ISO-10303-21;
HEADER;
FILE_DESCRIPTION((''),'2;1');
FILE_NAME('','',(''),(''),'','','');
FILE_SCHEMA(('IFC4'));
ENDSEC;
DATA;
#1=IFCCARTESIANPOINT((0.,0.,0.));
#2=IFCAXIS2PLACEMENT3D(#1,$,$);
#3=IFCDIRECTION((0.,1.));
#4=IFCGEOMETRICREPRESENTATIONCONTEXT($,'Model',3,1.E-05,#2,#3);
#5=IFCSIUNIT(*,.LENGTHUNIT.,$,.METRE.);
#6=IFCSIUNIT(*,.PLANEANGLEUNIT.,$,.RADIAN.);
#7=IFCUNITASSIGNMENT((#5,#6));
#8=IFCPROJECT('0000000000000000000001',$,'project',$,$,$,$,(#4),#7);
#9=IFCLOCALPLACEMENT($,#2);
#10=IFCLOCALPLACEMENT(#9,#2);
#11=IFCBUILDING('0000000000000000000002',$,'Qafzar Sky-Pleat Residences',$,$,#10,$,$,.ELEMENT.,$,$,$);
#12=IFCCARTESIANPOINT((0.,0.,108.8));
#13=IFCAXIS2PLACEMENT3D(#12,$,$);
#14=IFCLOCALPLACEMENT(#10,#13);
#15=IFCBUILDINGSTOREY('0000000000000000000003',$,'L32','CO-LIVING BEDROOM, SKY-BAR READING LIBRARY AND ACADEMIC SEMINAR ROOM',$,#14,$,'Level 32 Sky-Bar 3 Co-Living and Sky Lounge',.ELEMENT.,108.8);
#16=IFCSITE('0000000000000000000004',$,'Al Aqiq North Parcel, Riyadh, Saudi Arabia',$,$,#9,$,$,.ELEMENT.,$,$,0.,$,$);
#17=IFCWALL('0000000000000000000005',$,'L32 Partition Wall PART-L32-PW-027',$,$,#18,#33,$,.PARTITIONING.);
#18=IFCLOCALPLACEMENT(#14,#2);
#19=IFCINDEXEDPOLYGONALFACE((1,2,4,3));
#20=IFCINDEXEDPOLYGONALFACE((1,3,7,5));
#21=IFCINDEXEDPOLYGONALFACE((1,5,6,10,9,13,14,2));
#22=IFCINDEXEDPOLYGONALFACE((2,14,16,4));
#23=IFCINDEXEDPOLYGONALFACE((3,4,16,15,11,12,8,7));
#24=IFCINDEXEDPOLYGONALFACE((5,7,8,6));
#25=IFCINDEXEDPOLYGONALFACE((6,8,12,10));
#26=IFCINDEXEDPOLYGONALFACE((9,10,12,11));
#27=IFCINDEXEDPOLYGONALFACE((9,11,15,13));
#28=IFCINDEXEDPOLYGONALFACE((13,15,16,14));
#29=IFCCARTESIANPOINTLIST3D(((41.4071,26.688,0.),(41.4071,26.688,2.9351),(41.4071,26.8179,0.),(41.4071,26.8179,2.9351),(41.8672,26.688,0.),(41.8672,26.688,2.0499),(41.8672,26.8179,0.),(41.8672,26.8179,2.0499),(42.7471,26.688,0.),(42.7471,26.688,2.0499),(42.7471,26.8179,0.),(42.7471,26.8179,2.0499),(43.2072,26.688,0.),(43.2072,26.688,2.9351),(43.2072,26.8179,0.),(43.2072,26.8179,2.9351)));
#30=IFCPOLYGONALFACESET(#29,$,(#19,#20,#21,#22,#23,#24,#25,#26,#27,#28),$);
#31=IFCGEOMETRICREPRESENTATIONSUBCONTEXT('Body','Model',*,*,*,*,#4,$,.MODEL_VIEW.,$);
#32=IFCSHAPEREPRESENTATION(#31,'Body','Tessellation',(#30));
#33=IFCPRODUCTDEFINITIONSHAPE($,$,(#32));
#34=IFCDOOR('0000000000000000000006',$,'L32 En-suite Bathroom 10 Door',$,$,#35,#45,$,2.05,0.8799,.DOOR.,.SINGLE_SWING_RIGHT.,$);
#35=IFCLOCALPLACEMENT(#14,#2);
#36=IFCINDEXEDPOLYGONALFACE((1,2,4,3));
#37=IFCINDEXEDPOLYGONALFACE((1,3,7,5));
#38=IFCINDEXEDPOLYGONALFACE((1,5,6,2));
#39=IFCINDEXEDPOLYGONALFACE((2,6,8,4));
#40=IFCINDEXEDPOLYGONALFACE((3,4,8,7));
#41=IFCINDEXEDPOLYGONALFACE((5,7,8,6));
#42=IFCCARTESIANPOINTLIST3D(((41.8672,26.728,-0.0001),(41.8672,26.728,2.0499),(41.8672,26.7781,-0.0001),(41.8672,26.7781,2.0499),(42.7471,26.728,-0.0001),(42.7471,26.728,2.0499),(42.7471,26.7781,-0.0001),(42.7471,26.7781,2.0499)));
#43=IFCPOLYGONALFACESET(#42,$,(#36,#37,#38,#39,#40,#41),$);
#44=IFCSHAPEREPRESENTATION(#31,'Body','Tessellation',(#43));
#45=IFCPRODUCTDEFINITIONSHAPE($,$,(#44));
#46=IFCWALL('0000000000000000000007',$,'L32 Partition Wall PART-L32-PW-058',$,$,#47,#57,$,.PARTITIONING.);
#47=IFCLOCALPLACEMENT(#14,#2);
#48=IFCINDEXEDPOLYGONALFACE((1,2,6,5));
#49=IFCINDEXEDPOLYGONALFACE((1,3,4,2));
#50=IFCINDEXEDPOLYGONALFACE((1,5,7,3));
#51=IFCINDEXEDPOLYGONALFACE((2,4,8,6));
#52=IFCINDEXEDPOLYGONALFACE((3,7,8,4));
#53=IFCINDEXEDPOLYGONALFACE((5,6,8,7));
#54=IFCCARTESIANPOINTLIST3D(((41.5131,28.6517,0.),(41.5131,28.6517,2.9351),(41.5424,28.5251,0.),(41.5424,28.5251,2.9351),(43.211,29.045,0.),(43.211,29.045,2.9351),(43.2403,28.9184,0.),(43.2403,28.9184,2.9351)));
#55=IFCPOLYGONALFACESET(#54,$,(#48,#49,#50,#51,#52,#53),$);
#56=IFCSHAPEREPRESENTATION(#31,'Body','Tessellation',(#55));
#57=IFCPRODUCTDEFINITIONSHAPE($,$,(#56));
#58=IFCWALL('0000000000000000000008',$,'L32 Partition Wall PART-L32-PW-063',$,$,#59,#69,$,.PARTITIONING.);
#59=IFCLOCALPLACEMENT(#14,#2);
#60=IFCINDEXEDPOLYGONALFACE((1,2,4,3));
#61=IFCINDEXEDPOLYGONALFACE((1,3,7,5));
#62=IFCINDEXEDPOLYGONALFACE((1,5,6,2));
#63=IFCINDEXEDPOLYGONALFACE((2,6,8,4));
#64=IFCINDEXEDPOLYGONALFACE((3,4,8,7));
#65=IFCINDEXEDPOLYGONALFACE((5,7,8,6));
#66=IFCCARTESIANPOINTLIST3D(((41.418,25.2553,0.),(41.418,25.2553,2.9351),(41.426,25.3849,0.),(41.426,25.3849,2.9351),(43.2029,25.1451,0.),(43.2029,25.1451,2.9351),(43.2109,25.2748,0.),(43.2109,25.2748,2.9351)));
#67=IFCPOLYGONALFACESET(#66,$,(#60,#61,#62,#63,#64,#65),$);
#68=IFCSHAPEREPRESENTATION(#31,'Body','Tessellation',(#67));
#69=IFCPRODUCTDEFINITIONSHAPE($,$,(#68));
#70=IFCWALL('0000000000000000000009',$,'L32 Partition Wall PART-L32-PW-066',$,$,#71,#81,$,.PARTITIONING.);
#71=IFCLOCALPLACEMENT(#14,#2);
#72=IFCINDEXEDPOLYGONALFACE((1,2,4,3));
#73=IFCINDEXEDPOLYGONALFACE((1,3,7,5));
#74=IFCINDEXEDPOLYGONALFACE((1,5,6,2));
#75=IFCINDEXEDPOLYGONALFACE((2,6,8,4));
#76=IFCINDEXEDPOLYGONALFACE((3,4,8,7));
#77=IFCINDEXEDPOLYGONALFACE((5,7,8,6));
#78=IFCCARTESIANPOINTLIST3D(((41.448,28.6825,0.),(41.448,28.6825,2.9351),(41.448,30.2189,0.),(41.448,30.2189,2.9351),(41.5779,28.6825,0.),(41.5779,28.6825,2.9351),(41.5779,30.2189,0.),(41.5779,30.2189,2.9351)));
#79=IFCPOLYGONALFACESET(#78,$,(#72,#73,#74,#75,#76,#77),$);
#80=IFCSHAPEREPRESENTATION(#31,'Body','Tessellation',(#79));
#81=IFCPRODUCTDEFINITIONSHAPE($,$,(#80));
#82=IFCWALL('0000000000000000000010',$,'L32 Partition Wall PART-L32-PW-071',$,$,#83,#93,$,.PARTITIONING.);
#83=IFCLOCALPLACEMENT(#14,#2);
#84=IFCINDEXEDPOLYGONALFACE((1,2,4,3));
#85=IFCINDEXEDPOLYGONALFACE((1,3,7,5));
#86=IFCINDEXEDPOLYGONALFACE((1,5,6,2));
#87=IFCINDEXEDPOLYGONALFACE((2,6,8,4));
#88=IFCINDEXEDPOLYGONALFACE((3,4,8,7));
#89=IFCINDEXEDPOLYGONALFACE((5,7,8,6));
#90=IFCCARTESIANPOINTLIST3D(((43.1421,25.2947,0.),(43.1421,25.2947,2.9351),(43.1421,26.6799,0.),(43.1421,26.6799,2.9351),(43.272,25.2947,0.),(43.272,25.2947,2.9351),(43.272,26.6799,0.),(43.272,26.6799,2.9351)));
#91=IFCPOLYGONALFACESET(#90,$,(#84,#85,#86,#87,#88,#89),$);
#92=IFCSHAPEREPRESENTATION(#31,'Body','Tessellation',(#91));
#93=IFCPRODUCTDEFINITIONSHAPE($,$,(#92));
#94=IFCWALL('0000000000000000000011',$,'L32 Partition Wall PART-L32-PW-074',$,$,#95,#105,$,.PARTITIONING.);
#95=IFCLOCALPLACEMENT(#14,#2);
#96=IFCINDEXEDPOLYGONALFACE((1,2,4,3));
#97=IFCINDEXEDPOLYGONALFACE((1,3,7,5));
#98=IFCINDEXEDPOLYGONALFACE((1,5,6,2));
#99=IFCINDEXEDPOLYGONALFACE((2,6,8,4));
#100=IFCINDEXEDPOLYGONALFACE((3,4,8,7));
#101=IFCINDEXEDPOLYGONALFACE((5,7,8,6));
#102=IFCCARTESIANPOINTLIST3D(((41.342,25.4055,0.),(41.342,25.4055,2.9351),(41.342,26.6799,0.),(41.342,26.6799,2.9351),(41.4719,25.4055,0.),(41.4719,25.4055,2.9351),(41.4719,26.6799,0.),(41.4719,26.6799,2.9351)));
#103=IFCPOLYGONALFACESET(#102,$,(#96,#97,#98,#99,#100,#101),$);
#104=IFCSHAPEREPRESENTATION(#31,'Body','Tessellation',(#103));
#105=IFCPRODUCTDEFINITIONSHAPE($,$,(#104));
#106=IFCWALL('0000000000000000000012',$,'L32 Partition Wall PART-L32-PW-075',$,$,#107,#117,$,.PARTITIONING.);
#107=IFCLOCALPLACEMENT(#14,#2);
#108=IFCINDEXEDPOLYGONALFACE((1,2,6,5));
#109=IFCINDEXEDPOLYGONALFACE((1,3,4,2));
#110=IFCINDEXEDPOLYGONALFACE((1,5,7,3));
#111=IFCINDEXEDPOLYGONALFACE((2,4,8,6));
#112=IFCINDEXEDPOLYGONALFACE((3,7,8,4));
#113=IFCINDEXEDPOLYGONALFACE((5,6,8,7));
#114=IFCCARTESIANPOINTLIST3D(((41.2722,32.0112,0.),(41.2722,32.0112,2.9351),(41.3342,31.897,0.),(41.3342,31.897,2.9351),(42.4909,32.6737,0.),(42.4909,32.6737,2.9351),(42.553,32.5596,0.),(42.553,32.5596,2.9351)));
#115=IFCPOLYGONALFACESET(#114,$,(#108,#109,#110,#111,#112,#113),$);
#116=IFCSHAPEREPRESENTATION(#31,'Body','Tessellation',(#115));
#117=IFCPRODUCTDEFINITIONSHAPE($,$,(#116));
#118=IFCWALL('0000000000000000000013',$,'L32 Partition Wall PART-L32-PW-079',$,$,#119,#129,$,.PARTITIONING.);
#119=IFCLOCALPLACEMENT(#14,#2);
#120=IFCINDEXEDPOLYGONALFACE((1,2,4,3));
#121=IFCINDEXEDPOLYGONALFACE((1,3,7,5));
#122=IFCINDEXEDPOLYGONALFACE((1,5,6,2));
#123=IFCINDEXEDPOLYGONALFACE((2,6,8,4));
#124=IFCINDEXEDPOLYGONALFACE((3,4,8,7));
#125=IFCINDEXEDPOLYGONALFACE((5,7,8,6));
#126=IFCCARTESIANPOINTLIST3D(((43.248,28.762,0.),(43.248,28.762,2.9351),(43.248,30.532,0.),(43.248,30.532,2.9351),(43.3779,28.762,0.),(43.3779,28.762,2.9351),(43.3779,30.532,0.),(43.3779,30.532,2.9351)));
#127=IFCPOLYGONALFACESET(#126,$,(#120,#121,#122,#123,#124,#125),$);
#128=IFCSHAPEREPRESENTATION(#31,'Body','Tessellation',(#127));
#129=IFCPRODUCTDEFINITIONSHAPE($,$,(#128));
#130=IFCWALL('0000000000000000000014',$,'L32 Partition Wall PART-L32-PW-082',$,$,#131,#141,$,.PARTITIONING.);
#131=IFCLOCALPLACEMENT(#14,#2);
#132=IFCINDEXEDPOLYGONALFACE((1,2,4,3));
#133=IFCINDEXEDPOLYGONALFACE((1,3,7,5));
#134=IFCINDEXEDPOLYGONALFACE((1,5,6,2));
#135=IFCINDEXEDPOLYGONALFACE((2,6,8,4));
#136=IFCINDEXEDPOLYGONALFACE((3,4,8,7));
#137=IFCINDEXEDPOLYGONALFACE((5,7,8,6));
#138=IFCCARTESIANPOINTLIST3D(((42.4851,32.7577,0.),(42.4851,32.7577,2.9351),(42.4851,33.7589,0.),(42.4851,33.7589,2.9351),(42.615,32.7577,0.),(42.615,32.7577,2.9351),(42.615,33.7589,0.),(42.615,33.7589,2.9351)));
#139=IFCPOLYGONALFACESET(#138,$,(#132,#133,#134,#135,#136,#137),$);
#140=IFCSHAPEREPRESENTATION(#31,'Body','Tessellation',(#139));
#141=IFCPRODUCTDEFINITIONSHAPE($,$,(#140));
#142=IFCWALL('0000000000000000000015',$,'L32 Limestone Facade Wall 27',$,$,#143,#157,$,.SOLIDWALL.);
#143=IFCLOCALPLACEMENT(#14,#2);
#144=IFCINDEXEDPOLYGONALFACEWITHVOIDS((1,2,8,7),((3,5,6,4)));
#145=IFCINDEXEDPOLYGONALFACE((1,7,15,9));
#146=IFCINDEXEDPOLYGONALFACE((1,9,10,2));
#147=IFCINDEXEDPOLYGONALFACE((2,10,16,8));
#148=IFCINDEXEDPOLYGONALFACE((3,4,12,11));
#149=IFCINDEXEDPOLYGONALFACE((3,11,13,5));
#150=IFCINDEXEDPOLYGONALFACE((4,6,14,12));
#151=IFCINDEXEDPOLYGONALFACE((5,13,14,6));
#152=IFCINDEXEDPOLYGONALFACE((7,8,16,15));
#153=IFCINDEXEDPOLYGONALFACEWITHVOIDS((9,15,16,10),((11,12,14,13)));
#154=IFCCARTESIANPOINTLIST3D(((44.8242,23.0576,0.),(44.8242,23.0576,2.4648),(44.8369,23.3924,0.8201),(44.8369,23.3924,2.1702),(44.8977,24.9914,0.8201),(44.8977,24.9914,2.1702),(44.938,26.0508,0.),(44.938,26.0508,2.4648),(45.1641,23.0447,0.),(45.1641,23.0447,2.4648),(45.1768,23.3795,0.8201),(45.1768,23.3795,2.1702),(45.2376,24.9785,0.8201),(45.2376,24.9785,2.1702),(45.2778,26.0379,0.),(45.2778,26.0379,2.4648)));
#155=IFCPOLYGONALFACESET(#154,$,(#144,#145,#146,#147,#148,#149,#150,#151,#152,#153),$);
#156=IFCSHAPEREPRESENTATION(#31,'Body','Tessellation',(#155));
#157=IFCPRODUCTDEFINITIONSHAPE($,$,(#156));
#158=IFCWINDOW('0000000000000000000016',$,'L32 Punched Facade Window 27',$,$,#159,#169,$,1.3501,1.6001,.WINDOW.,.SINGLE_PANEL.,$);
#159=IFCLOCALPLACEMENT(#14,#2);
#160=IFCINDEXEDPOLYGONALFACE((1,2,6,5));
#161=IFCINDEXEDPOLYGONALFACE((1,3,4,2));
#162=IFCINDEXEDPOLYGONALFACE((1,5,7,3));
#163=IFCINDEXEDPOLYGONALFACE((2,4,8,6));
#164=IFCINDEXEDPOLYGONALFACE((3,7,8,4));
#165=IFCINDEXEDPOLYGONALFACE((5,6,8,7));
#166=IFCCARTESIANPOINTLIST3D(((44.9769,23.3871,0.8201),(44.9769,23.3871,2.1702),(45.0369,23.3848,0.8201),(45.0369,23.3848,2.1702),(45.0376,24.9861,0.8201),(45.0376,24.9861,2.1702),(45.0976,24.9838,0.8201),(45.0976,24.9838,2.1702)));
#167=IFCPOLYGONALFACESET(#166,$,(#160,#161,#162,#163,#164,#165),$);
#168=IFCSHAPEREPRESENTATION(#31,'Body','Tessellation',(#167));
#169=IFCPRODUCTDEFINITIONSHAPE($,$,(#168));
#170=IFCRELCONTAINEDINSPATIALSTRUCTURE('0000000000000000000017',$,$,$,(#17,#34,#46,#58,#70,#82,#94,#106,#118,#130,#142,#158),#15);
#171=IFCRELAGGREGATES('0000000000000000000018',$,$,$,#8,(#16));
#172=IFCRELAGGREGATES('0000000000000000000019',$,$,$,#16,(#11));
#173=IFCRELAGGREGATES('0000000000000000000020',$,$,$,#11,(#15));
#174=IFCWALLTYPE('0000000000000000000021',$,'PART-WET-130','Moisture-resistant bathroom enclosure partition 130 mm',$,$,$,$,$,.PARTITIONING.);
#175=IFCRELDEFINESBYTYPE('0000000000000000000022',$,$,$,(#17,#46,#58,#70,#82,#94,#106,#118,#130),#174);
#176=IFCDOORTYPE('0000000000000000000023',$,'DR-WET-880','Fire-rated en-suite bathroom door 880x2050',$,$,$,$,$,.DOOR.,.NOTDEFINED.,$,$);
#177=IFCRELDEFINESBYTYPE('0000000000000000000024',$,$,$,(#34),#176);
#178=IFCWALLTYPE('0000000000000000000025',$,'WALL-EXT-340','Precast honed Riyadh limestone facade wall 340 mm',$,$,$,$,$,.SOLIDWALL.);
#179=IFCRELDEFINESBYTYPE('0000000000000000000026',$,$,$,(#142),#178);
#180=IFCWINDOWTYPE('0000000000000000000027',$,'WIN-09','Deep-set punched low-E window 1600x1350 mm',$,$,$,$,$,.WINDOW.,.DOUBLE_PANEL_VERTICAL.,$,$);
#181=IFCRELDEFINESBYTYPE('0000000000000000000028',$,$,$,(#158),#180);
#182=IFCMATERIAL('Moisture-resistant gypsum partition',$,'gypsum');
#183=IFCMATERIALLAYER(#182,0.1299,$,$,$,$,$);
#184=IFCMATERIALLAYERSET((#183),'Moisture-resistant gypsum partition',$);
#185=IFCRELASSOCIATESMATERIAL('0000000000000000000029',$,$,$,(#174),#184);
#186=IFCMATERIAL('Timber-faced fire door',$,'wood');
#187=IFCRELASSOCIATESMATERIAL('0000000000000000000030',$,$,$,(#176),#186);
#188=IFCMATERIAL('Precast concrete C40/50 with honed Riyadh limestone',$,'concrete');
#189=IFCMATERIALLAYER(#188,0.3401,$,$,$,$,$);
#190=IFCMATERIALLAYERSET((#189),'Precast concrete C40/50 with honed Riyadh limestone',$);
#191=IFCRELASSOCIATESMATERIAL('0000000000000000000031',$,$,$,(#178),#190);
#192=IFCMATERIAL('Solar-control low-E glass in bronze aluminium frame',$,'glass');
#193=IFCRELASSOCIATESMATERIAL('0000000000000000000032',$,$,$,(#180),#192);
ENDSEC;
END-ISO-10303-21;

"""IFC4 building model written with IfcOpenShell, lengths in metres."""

from ifc_helpers import new_model, si_unit, direction, frame, frame_2d, origin, place, context, subcontext, project, spatial, rectangle, extrude, source, transform, mapped, material, layer, layer_set, type_object, element, fill, save


model = new_model("IFC4")

# Units and contexts
model_context = context("Model", 3, precision=1e-05, world=origin(), true_north=direction((0.0, 1.0)))
body_context = subcontext(model_context, "Body", "Model", "MODEL_VIEW")
ifc_project = project(units=[si_unit("LENGTHUNIT", "METRE"), si_unit("PLANEANGLEUNIT", "RADIAN")], contexts=[model_context])

# Site, building, storey
site_placement = place(None, origin())
site = spatial("IfcSite", under=ifc_project, at=site_placement, Name="Al Aqiq North Parcel, Riyadh, Saudi Arabia", CompositionType="ELEMENT", RefElevation=0.0)
building_placement = place(site_placement, origin())
building = spatial("IfcBuilding", under=site, at=building_placement, Name="Qafzar Sky-Pleat Residences", CompositionType="ELEMENT")
storey_placement = place(building_placement, frame((0.0, 0.0, 108.8)))
storey = spatial("IfcBuildingStorey", under=building, at=storey_placement, Name="L32", Description="CO-LIVING BEDROOM, SKY-BAR READING LIBRARY AND ACADEMIC SEMINAR ROOM", LongName="Level 32 Sky-Bar 3 Co-Living and Sky Lounge", CompositionType="ELEMENT", Elevation=108.8)

# Wall, opening, door
ifc_material_1 = material(Name="Moisture-resistant gypsum partition", Category="gypsum")
ifc_layer_1 = layer(ifc_material_1, 0.1299)
ifc_layer_set_1 = layer_set([ifc_layer_1], Name="Moisture-resistant gypsum partition")
wall_type_1 = type_object("IfcWallType", Name="PART-WET-130", Description="Moisture-resistant bathroom enclosure partition 130 mm", PredefinedType="PARTITIONING", material=ifc_layer_set_1)
ifc_material_2 = material(Name="Timber-faced fire door", Category="wood")
door_type = type_object("IfcDoorType", Name="DR-WET-880", Description="Fire-rated en-suite bathroom door 880x2050", OperationType="NOTDEFINED", PredefinedType="DOOR", material=ifc_material_2)
shared_shape_1 = source(origin(), body_context, "Body", "SweptSolid", [
    extrude(rectangle(XDim=0.8799, YDim=2.05, at=frame_2d((0.4399, 1.0249))), frame((0.0, 0.0249, 0.0), z_axis=(0.0, -1.0, 0.0), x_axis=(1.0, 0.0, 0.0)), (0.0, 0.0, 1.0), 0.05),
])
wall_1_placement = place(storey_placement, frame((43.207, 26.7529, 0.0), z_axis=(0.0, 0.0, 1.0), x_axis=(-1.0, 0.0, 0.0)))
wall_1 = element("IfcWall", 1, at=wall_1_placement, inside=storey, type_object=wall_type_1, Name="L32 Partition Wall PART-L32-PW-027", PredefinedType="PARTITIONING", context=body_context, shape_type="SweptSolid", body=[
    extrude(rectangle(XDim=1.8, YDim=0.1299, at=frame_2d((0.8999, 0.0))), origin(), (0.0, 0.0, 1.0), 2.9351),
])
opening_1_placement = place(wall_1_placement, frame((0.46, 0.0, 0.0)))
opening_1 = element("IfcOpeningElement", 2, at=opening_1_placement, cuts=wall_1, PredefinedType="OPENING", context=body_context, shape_type="SweptSolid", body=[
    extrude(rectangle(XDim=0.8799, YDim=2.05, at=frame_2d((0.4399, 1.0249))), frame((0.0, 0.075, 0.0), z_axis=(0.0, -1.0, 0.0), x_axis=(1.0, 0.0, 0.0)), (0.0, 0.0, 1.0), 0.1499),
])
door_1_placement = place(opening_1_placement, origin())
door_1 = element("IfcDoor", 3, at=door_1_placement, inside=storey, type_object=door_type, Name="L32 En-suite Bathroom 10 Door", OperationType="SINGLE_SWING_RIGHT", OverallHeight=2.05, OverallWidth=0.8799, PredefinedType="DOOR", context=body_context, shape_type="MappedRepresentation", body=[
    mapped(shared_shape_1, transform((0.0, 0.0, 0.0), x_axis=(1.0, 0.0, 0.0), y_axis=(0.0, 1.0, 0.0), z_axis=(0.0, 0.0, 1.0), scale=1.0)),
])
fill(opening_1, door_1)

# Walls
wall_2_placement = place(storey_placement, frame((41.5276, 28.5884, 0.0), z_axis=(0.0, 0.0, 1.0), x_axis=(0.974207, 0.225657, 0.0)))
element("IfcWall", 4, at=wall_2_placement, inside=storey, type_object=wall_type_1, Name="L32 Partition Wall PART-L32-PW-058", PredefinedType="PARTITIONING", context=body_context, shape_type="SweptSolid", body=[
    extrude(rectangle(XDim=1.7429, YDim=0.1299, at=frame_2d((0.8716, 0.0))), origin(), (0.0, 0.0, 1.0), 2.9351),
])
wall_3_placement = place(storey_placement, frame((41.4221, 25.3201, 0.0), z_axis=(0.0, 0.0, 1.0), x_axis=(0.998103, -0.061571, 0.0)))
element("IfcWall", 5, at=wall_3_placement, inside=storey, type_object=wall_type_1, Name="L32 Partition Wall PART-L32-PW-063", PredefinedType="PARTITIONING", context=body_context, shape_type="SweptSolid", body=[
    extrude(rectangle(XDim=1.7883, YDim=0.1299, at=frame_2d((0.894, 0.0))), origin(), (0.0, 0.0, 1.0), 2.9351),
])
wall_4_placement = place(storey_placement, frame((41.5129, 28.6826, 0.0), z_axis=(0.0, 0.0, 1.0), x_axis=(0.0, 1.0, 0.0)))
element("IfcWall", 6, at=wall_4_placement, inside=storey, type_object=wall_type_1, Name="L32 Partition Wall PART-L32-PW-066", PredefinedType="PARTITIONING", context=body_context, shape_type="SweptSolid", body=[
    extrude(rectangle(XDim=1.5364, YDim=0.1299, at=frame_2d((0.7681, 0.0))), origin(), (0.0, 0.0, 1.0), 2.9351),
])
wall_5_placement = place(storey_placement, frame((43.207, 25.2947, 0.0), z_axis=(0.0, 0.0, 1.0), x_axis=(0.0, 1.0, 0.0)))
element("IfcWall", 7, at=wall_5_placement, inside=storey, type_object=wall_type_1, Name="L32 Partition Wall PART-L32-PW-071", PredefinedType="PARTITIONING", context=body_context, shape_type="SweptSolid", body=[
    extrude(rectangle(XDim=1.3853, YDim=0.1299, at=frame_2d((0.6926, 0.0))), origin(), (0.0, 0.0, 1.0), 2.9351),
])
wall_6_placement = place(storey_placement, frame((41.407, 25.4055, 0.0), z_axis=(0.0, 0.0, 1.0), x_axis=(0.0, 1.0, 0.0)))
element("IfcWall", 8, at=wall_6_placement, inside=storey, type_object=wall_type_1, Name="L32 Partition Wall PART-L32-PW-074", PredefinedType="PARTITIONING", context=body_context, shape_type="SweptSolid", body=[
    extrude(rectangle(XDim=1.2744, YDim=0.1299, at=frame_2d((0.6372, 0.0))), origin(), (0.0, 0.0, 1.0), 2.9351),
])
wall_7_placement = place(storey_placement, frame((41.3032, 31.9541, 0.0), z_axis=(0.0, 0.0, 1.0), x_axis=(0.878554, 0.477643, 0.0)))
element("IfcWall", 9, at=wall_7_placement, inside=storey, type_object=wall_type_1, Name="L32 Partition Wall PART-L32-PW-075", PredefinedType="PARTITIONING", context=body_context, shape_type="SweptSolid", body=[
    extrude(rectangle(XDim=1.3872, YDim=0.1299, at=frame_2d((0.6936, 0.0))), origin(), (0.0, 0.0, 1.0), 2.9351),
])
wall_8_placement = place(storey_placement, frame((43.313, 28.762, 0.0), z_axis=(0.0, 0.0, 1.0), x_axis=(0.0, 1.0, 0.0)))
element("IfcWall", 10, at=wall_8_placement, inside=storey, type_object=wall_type_1, Name="L32 Partition Wall PART-L32-PW-079", PredefinedType="PARTITIONING", context=body_context, shape_type="SweptSolid", body=[
    extrude(rectangle(XDim=1.77, YDim=0.1299, at=frame_2d((0.885, 0.0))), origin(), (0.0, 0.0, 1.0), 2.9351),
])
wall_9_placement = place(storey_placement, frame((42.55, 32.7578, 0.0), z_axis=(0.0, 0.0, 1.0), x_axis=(0.0, 1.0, 0.0)))
element("IfcWall", 11, at=wall_9_placement, inside=storey, type_object=wall_type_1, Name="L32 Partition Wall PART-L32-PW-082", PredefinedType="PARTITIONING", context=body_context, shape_type="SweptSolid", body=[
    extrude(rectangle(XDim=1.0012, YDim=0.1299, at=frame_2d((0.5005, 0.0))), origin(), (0.0, 0.0, 1.0), 2.9351),
])

# Wall, opening, window
ifc_material_3 = material(Name="Precast concrete C40/50 with honed Riyadh limestone", Category="concrete")
ifc_layer_2 = layer(ifc_material_3, 0.3401)
ifc_layer_set_2 = layer_set([ifc_layer_2], Name="Precast concrete C40/50 with honed Riyadh limestone")
wall_type_2 = type_object("IfcWallType", Name="WALL-EXT-340", Description="Precast honed Riyadh limestone facade wall 340 mm", PredefinedType="SOLIDWALL", material=ifc_layer_set_2)
wall_10_placement = place(storey_placement, frame((44.9941, 23.0513, 0.0), z_axis=(0.0, 0.0, 1.0), x_axis=(0.037982, 0.999278, 0.0)))
wall_10 = element("IfcWall", 12, at=wall_10_placement, inside=storey, type_object=wall_type_2, Name="L32 Limestone Facade Wall 27", PredefinedType="SOLIDWALL", context=body_context, shape_type="SweptSolid", body=[
    extrude(rectangle(XDim=2.9954, YDim=0.3401, at=frame_2d((1.4976, 0.0))), origin(), (0.0, 0.0, 1.0), 2.4648),
])
opening_2_placement = place(wall_10_placement, frame((0.335, 0.0, 0.8201)))
opening_2 = element("IfcOpeningElement", 13, at=opening_2_placement, cuts=wall_10, PredefinedType="OPENING", context=body_context, shape_type="SweptSolid", body=[
    extrude(rectangle(XDim=1.6001, YDim=1.3501, at=frame_2d((0.8, 0.675))), frame((0.0, 0.1802, 0.0), z_axis=(0.0, -1.0, 0.0), x_axis=(1.0, 0.0, 0.0)), (0.0, 0.0, 1.0), 0.3601),
])
ifc_material_4 = material(Name="Solar-control low-E glass in bronze aluminium frame", Category="glass")
window_type_1 = type_object("IfcWindowType", Name="WIN-09", Description="Deep-set punched low-E window 1600x1350 mm", PartitioningType="DOUBLE_PANEL_VERTICAL", PredefinedType="WINDOW", material=ifc_material_4)
shared_shape_2 = source(origin(), body_context, "Body", "SweptSolid", [
    extrude(rectangle(XDim=1.6001, YDim=1.3501, at=frame_2d((0.8, 0.675))), frame((0.0, 0.03, 0.0), z_axis=(0.0, -1.0, 0.0), x_axis=(1.0, 0.0, 0.0)), (0.0, 0.0, 1.0), 0.0601),
])
window_1_placement = place(opening_2_placement, origin())
window_1 = element("IfcWindow", 14, at=window_1_placement, inside=storey, type_object=window_type_1, Name="L32 Punched Facade Window 27", OverallHeight=1.3501, OverallWidth=1.6001, PartitioningType="SINGLE_PANEL", PredefinedType="WINDOW", context=body_context, shape_type="MappedRepresentation", body=[
    mapped(shared_shape_2, transform((0.0, 0.0, 0.0), x_axis=(1.0, 0.0, 0.0), y_axis=(0.0, 1.0, 0.0), z_axis=(0.0, 0.0, 1.0), scale=1.0)),
])
fill(opening_2, window_1)

save(model, "model.ifc")
